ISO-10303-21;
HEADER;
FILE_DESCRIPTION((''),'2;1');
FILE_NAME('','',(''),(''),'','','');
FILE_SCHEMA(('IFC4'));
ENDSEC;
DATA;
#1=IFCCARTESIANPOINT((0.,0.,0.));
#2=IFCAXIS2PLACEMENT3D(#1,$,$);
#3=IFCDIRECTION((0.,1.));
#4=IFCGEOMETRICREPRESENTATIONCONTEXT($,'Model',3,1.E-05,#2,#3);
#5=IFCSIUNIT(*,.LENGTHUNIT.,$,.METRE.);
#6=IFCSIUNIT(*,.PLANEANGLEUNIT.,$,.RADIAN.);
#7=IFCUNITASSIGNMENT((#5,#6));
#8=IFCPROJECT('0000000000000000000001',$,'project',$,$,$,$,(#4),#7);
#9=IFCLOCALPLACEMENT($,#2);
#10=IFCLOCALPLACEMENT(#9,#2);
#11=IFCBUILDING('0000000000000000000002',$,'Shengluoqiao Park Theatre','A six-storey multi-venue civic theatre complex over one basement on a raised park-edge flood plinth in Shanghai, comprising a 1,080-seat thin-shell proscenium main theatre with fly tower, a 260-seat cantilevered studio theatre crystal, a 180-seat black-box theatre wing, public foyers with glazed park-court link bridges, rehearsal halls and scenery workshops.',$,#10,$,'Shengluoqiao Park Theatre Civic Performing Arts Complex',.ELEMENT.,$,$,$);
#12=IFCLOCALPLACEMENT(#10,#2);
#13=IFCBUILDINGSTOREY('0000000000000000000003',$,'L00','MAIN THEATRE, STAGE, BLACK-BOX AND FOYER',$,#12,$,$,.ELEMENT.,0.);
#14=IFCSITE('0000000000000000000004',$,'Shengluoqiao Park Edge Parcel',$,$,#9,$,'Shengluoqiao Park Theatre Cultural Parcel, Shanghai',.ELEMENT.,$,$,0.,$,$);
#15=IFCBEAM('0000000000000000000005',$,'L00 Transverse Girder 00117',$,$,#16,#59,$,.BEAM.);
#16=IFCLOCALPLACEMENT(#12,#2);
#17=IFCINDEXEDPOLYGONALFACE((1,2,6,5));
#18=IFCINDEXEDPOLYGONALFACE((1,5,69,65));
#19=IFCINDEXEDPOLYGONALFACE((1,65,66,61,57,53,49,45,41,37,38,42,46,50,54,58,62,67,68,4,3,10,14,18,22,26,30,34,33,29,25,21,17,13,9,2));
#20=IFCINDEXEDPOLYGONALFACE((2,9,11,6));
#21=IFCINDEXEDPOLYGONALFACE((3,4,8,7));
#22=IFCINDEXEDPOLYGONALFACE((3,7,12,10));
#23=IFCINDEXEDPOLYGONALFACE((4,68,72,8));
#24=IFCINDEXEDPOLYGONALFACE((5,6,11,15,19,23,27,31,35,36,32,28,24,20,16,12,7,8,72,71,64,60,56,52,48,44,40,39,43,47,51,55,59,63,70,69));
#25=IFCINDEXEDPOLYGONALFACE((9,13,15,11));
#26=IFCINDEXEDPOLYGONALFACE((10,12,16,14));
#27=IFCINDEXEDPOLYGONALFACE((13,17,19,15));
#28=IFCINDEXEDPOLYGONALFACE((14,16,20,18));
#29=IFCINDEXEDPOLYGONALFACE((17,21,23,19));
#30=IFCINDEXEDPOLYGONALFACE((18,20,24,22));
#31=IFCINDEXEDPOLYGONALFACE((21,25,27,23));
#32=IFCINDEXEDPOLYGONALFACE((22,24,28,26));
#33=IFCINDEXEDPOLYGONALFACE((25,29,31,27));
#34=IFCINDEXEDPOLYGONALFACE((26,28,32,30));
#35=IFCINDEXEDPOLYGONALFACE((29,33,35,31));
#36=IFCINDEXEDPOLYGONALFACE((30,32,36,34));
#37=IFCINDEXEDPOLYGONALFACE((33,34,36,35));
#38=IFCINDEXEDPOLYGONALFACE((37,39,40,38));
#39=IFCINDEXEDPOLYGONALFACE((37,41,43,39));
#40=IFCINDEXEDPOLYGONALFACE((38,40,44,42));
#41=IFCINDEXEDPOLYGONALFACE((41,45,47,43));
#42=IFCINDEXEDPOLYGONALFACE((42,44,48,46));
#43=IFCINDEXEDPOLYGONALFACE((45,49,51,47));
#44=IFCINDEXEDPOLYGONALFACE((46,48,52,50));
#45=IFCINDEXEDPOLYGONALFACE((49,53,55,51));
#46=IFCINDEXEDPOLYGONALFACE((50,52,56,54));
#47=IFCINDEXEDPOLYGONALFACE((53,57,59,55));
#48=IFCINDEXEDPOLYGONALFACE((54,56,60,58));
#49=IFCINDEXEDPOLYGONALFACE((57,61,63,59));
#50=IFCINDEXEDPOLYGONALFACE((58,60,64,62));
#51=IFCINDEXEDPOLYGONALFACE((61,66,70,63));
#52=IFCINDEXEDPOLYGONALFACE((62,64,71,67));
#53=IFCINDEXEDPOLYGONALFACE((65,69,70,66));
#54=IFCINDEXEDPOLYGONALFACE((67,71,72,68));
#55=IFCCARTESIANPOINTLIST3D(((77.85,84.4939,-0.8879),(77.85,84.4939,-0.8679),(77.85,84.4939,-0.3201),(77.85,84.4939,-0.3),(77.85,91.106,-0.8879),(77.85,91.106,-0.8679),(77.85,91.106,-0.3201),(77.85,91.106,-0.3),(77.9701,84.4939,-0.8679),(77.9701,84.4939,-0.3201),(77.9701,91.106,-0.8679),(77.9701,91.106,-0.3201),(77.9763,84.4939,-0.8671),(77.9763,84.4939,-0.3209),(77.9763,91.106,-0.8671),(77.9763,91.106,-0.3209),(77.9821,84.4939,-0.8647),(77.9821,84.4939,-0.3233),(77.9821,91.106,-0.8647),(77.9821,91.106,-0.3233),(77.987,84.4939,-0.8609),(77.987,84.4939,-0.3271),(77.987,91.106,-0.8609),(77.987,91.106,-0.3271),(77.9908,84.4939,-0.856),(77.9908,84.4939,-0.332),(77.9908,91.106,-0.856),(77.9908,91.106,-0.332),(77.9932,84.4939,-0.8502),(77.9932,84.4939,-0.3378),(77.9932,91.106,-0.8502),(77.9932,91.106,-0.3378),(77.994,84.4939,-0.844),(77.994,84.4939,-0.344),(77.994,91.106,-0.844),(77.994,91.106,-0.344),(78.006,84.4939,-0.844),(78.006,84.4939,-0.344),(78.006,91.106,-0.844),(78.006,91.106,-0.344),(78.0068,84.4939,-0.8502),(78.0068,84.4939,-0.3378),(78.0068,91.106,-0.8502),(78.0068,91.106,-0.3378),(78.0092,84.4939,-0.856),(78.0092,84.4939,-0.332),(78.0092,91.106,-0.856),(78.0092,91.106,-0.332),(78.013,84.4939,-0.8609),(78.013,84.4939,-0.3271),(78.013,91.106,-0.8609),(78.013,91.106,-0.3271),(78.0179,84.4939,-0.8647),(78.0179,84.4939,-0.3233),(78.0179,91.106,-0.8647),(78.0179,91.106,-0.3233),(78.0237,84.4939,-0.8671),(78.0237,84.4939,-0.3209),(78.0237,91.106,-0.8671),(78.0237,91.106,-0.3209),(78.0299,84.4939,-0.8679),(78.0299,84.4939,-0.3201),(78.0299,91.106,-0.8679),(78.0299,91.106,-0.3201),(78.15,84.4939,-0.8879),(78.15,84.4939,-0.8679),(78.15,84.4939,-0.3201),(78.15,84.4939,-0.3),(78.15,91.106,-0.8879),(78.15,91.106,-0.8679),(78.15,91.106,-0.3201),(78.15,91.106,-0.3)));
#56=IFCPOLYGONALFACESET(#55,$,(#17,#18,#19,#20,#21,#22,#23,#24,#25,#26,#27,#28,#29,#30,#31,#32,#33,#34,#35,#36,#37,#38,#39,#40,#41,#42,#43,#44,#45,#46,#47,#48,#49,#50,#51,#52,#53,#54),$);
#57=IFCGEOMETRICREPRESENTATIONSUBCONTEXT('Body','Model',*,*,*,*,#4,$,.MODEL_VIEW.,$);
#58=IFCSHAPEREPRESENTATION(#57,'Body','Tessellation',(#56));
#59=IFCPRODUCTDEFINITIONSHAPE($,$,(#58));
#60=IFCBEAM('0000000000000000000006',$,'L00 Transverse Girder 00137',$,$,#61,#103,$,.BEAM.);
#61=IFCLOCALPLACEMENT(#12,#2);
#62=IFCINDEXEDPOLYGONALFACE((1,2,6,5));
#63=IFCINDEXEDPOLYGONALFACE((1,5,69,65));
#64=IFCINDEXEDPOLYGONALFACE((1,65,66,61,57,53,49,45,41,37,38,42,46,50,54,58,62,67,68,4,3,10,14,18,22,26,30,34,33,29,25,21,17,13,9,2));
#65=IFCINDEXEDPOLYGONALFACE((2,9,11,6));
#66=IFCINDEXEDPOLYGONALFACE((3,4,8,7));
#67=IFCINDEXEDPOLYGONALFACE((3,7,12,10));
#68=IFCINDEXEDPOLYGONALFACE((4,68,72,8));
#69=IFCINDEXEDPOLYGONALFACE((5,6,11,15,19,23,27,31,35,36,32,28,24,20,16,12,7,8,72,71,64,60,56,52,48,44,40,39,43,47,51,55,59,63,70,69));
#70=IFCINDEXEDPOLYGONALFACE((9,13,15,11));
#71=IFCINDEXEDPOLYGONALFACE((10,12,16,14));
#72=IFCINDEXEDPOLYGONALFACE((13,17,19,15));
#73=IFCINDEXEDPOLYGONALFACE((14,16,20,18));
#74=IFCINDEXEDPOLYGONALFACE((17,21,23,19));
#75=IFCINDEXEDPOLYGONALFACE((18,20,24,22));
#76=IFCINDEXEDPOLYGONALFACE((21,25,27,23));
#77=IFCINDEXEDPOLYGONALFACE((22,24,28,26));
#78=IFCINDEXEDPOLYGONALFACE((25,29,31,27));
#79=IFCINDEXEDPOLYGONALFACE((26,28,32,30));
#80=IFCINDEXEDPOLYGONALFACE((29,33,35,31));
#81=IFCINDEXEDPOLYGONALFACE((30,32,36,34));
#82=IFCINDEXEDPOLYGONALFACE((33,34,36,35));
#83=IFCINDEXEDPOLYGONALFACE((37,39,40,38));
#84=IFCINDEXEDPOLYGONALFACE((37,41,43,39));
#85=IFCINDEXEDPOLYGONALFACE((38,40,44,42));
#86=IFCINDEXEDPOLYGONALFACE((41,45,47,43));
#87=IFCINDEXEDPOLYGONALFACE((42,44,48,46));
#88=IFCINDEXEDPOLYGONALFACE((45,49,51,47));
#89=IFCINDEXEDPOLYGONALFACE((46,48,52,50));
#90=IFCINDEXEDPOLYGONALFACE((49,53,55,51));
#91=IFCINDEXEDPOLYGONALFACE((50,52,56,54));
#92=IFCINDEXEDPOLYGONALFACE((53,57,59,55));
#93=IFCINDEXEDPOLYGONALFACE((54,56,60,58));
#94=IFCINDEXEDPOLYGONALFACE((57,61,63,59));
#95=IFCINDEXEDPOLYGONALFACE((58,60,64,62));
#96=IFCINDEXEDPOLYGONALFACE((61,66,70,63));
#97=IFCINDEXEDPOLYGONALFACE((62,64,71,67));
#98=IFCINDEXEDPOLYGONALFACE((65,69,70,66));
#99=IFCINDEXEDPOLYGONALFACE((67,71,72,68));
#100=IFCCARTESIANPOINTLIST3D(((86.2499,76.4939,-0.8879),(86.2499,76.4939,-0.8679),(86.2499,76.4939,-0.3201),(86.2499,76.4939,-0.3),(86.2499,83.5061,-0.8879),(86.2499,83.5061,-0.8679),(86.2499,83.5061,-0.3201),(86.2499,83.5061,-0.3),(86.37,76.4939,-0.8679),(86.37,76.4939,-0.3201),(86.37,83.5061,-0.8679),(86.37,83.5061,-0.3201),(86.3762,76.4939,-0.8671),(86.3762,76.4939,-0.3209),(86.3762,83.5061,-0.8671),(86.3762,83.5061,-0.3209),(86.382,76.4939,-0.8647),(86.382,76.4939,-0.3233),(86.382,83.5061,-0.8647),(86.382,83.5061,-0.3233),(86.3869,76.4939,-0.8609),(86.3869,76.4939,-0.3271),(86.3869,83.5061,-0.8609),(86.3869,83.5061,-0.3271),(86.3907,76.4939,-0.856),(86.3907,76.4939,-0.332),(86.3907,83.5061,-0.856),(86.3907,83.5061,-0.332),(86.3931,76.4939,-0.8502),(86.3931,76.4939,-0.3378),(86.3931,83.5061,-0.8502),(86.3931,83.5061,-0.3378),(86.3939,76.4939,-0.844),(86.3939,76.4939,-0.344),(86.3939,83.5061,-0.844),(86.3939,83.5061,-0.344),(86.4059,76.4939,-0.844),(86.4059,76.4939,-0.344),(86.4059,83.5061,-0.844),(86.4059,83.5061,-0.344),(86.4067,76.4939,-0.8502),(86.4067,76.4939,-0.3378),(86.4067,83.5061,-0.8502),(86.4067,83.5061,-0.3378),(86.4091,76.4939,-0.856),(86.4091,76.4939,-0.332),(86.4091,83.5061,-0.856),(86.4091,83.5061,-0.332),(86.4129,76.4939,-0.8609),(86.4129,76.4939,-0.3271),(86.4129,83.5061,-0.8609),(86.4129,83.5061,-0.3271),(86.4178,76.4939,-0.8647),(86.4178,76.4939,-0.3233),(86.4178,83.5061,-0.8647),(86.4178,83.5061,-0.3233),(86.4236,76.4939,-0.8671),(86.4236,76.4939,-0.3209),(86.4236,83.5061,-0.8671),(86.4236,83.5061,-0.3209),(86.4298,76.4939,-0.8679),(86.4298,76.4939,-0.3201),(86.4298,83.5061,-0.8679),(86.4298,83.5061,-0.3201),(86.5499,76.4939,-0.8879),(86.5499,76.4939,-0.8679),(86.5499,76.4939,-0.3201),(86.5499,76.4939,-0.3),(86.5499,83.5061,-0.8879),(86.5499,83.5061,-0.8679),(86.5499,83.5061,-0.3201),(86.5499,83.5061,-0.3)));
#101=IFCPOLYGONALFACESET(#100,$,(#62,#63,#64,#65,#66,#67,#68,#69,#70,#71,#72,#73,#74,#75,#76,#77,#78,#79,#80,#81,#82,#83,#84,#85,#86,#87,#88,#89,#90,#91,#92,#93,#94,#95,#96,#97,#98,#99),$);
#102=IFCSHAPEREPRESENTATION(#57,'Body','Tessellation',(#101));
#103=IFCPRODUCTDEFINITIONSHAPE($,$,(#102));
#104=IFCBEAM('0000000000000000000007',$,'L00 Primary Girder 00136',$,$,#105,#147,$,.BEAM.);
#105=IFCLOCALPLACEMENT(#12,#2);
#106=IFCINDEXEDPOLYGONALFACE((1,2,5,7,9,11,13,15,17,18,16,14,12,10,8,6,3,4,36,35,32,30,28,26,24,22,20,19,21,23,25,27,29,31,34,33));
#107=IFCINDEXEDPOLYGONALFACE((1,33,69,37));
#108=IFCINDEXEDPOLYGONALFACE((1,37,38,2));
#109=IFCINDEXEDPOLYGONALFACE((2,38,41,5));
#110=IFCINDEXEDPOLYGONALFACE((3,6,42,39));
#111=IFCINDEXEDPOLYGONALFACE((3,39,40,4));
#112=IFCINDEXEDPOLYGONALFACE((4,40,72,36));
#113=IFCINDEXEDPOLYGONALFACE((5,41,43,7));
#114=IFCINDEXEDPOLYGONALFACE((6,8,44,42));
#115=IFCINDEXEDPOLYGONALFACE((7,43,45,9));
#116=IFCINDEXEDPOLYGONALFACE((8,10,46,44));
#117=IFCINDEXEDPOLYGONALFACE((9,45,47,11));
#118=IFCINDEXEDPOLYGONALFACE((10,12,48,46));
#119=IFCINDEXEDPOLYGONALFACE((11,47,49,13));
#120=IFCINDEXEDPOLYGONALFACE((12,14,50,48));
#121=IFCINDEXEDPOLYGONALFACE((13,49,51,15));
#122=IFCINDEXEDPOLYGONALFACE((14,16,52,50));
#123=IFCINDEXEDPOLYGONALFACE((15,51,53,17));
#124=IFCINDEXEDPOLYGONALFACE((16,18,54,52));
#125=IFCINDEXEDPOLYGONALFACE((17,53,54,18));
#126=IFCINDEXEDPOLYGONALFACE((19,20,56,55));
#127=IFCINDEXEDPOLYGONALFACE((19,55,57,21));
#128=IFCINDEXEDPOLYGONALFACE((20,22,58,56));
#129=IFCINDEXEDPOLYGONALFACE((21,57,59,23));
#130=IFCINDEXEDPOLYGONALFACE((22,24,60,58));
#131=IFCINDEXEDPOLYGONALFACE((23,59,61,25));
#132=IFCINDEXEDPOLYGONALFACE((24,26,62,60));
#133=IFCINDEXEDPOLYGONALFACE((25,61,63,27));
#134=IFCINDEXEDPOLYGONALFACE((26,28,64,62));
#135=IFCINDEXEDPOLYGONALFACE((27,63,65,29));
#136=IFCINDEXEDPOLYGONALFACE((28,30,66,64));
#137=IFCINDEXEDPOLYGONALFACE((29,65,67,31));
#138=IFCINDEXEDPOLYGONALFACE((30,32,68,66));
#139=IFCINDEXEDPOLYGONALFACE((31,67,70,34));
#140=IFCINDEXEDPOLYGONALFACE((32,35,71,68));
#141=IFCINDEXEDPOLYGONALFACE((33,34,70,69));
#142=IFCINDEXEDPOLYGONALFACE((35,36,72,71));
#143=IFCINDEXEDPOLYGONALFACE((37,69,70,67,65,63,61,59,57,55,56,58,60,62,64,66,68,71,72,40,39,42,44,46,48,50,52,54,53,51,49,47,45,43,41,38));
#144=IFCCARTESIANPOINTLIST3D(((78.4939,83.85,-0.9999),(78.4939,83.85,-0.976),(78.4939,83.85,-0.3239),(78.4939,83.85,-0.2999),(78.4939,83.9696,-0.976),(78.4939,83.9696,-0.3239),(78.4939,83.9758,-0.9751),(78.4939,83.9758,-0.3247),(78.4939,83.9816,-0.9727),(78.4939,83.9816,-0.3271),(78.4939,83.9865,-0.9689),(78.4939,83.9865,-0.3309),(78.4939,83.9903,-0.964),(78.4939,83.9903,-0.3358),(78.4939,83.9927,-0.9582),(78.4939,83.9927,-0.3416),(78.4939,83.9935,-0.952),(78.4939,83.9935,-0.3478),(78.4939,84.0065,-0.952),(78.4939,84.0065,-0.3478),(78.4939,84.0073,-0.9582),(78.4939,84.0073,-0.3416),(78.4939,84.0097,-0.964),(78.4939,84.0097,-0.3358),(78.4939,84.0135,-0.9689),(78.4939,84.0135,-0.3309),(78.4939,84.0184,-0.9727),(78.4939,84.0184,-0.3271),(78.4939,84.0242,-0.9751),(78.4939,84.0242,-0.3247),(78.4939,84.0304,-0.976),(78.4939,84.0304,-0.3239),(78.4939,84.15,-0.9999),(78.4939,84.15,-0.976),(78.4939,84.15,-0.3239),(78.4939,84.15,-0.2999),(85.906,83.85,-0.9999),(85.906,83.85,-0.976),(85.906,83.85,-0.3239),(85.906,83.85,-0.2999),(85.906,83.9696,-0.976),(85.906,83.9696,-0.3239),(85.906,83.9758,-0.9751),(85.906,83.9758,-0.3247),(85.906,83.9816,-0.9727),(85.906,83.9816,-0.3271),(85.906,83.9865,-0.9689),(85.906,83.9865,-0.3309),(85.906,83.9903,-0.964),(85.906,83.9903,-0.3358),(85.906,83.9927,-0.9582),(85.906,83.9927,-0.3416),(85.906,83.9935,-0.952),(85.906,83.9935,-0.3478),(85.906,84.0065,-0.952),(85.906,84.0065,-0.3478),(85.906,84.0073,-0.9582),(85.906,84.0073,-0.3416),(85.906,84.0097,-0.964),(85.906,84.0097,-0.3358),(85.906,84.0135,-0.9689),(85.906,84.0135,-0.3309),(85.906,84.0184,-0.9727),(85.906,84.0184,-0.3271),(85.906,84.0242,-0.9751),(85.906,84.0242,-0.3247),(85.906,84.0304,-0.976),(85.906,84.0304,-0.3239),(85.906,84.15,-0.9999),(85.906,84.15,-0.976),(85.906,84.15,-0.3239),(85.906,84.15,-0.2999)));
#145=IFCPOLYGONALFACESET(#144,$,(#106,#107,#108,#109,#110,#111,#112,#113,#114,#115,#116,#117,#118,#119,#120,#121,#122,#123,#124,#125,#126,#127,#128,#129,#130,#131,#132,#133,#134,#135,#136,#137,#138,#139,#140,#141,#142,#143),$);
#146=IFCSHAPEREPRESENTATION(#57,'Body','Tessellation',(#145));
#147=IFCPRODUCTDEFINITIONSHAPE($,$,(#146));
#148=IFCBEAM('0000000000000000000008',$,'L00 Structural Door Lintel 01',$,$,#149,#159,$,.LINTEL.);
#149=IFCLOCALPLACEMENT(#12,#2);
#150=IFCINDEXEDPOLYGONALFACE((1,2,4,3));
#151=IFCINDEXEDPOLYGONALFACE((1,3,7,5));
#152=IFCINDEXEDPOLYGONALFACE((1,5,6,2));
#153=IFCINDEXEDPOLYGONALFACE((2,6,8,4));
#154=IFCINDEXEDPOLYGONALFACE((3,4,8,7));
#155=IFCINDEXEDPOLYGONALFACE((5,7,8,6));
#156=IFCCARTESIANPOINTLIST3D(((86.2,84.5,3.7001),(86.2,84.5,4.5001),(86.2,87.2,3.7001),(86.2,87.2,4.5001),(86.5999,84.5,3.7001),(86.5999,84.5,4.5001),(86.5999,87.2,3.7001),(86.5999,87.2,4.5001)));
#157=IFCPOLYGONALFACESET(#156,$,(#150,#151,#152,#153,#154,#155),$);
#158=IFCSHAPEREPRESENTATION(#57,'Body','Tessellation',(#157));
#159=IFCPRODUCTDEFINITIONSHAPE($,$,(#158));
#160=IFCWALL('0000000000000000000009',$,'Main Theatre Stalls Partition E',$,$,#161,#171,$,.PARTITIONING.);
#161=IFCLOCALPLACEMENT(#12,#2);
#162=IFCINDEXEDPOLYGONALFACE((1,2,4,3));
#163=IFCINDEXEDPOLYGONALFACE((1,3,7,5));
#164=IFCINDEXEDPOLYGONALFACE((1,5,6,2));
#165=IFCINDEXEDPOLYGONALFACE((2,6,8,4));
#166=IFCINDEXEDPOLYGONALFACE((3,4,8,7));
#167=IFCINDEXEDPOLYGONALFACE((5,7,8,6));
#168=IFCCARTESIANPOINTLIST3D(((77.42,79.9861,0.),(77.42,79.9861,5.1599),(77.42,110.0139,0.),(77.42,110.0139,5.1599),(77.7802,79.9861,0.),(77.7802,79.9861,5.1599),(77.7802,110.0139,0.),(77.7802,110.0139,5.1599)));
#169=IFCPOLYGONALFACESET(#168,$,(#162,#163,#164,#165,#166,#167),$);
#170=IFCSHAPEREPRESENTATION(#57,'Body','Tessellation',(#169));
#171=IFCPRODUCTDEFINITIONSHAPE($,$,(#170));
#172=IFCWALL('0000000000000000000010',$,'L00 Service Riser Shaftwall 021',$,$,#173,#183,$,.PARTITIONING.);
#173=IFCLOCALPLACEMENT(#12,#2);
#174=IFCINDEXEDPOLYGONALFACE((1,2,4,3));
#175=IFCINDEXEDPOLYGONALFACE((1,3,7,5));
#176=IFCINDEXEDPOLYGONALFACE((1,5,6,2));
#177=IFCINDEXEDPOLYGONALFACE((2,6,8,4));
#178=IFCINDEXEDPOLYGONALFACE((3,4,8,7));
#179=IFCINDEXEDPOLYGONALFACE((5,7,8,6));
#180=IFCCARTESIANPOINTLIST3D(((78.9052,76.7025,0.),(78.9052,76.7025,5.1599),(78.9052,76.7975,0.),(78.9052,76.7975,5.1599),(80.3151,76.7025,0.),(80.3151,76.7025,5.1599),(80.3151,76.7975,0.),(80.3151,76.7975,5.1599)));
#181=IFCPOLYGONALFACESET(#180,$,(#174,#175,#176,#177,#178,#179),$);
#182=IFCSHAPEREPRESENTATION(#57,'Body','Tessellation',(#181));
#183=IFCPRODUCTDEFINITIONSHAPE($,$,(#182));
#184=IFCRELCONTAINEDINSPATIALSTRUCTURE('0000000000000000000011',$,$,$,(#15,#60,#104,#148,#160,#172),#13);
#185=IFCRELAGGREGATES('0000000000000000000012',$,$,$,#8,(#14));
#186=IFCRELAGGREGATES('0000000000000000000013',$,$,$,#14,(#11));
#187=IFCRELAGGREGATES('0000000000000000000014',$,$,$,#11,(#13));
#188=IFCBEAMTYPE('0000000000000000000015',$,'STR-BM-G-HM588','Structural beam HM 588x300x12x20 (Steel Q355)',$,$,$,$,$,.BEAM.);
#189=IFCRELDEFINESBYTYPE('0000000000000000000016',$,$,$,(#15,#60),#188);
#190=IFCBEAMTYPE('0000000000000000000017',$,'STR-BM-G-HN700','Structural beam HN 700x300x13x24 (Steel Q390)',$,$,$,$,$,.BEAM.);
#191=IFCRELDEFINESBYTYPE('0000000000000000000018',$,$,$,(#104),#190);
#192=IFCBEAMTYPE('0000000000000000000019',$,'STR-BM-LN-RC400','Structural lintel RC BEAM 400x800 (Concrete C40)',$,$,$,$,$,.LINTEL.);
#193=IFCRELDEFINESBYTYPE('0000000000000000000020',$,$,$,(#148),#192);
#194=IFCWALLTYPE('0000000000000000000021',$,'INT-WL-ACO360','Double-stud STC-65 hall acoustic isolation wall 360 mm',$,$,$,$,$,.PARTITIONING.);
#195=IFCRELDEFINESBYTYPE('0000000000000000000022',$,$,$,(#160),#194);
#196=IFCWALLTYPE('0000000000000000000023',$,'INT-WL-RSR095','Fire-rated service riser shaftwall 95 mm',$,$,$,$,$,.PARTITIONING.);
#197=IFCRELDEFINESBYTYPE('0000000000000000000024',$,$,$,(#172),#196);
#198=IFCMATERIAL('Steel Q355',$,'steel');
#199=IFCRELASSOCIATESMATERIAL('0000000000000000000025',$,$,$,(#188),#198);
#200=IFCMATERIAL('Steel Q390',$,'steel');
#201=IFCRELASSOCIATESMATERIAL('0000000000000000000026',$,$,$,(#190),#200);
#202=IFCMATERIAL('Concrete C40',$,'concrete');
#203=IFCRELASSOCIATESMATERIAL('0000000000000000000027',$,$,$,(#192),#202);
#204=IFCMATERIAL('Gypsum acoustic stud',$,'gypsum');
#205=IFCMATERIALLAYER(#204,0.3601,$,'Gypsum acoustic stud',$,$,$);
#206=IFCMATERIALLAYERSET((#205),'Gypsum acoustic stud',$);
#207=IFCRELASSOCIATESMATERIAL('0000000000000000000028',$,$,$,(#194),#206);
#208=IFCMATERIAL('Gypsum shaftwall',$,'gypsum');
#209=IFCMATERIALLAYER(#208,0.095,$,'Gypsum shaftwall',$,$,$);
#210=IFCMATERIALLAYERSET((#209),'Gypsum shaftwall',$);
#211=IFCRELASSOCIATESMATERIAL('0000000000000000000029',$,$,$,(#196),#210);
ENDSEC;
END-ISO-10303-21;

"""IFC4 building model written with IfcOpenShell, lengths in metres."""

from ifc_helpers import new_model, si_unit, direction, frame, frame_2d, origin, origin_2d, place, context, subcontext, project, spatial, rectangle, i_section, extrude, material, layer, layer_set, material_profile, profile_set, type_object, element, save


model = new_model("IFC4")

# Units and contexts
model_context = context("Model", 3, precision=1e-05, world=origin(), true_north=direction((0.0, 1.0)))
body_context = subcontext(model_context, "Body", "Model", "MODEL_VIEW")
ifc_project = project(units=[si_unit("LENGTHUNIT", "METRE"), si_unit("PLANEANGLEUNIT", "RADIAN")], contexts=[model_context])

# Site, building, storey
site_placement = place(None, origin())
site = spatial("IfcSite", under=ifc_project, at=site_placement, Name="Shengluoqiao Park Edge Parcel", LongName="Shengluoqiao Park Theatre Cultural Parcel, Shanghai", CompositionType="ELEMENT", RefElevation=0.0)
building_placement = place(site_placement, origin())
building = spatial("IfcBuilding", under=site, at=building_placement, Name="Shengluoqiao Park Theatre", Description="A six-storey multi-venue civic theatre complex over one basement on a raised park-edge flood plinth in Shanghai, comprising a 1,080-seat thin-shell proscenium main theatre with fly tower, a 260-seat cantilevered studio theatre crystal, a 180-seat black-box theatre wing, public foyers with glazed park-court link bridges, rehearsal halls and scenery workshops.", LongName="Shengluoqiao Park Theatre Civic Performing Arts Complex", CompositionType="ELEMENT")
storey_placement = place(building_placement, origin())
storey = spatial("IfcBuildingStorey", under=building, at=storey_placement, Name="L00", Description="MAIN THEATRE, STAGE, BLACK-BOX AND FOYER", CompositionType="ELEMENT", Elevation=0.0)

# Beams
ifc_material_1 = material(Name="Concrete C40", Category="concrete")
ifc_material_2 = material(Name="Steel Q355", Category="steel")
ifc_material_profile_1 = material_profile(ifc_material_2, i_section(OverallWidth=0.3, OverallDepth=0.5879, WebThickness=0.012, FlangeThickness=0.02, FilletRadius=0.0239, at=origin_2d()), Name="HM 588x300x12x20")
ifc_profile_set_1 = profile_set([ifc_material_profile_1], Name="Steel Q355")
beam_type_1 = type_object("IfcBeamType", Name="STR-BM-G-HM588", Description="Structural beam HM 588x300x12x20 (Steel Q355)", PredefinedType="BEAM", material=ifc_profile_set_1)
beam_1_placement = place(storey_placement, frame((78.0, 84.4939, -0.594), z_axis=(0.0, 1.0, 0.0), x_axis=(-1.0, 0.0, 0.0)))
element("IfcBeam", 1, at=beam_1_placement, inside=storey, type_object=beam_type_1, Name="L00 Transverse Girder 00117", PredefinedType="BEAM", context=body_context, shape_type="SweptSolid", body=[
    extrude(i_section(OverallWidth=0.3, OverallDepth=0.5879, WebThickness=0.012, FlangeThickness=0.02, FilletRadius=0.0239, at=origin_2d()), origin(), (0.0, 0.0, 1.0), 6.6121),
])
beam_2_placement = place(storey_placement, frame((86.3999, 76.4939, -0.594), z_axis=(0.0, 1.0, 0.0), x_axis=(-1.0, 0.0, 0.0)))
element("IfcBeam", 2, at=beam_2_placement, inside=storey, type_object=beam_type_1, Name="L00 Transverse Girder 00137", PredefinedType="BEAM", context=body_context, shape_type="SweptSolid", body=[
    extrude(i_section(OverallWidth=0.3, OverallDepth=0.5879, WebThickness=0.012, FlangeThickness=0.02, FilletRadius=0.0239, at=origin_2d()), origin(), (0.0, 0.0, 1.0), 7.0122),
])
ifc_material_3 = material(Name="Steel Q390", Category="steel")
ifc_material_profile_2 = material_profile(ifc_material_3, i_section(OverallWidth=0.3, OverallDepth=0.7, WebThickness=0.0129, FlangeThickness=0.0239, FilletRadius=0.0239, at=origin_2d()), Name="HN 700x300x13x24")
ifc_profile_set_2 = profile_set([ifc_material_profile_2], Name="Steel Q390")
beam_type_2 = type_object("IfcBeamType", Name="STR-BM-G-HN700", Description="Structural beam HN 700x300x13x24 (Steel Q390)", PredefinedType="BEAM", material=ifc_profile_set_2)
beam_3_placement = place(storey_placement, frame((78.4939, 84.0, -0.6499), z_axis=(1.0, 0.0, 0.0), x_axis=(0.0, 1.0, 0.0)))
element("IfcBeam", 3, at=beam_3_placement, inside=storey, type_object=beam_type_2, Name="L00 Primary Girder 00136", PredefinedType="BEAM", context=body_context, shape_type="SweptSolid", body=[
    extrude(i_section(OverallWidth=0.3, OverallDepth=0.7, WebThickness=0.0129, FlangeThickness=0.0239, FilletRadius=0.0239, at=origin_2d()), origin(), (0.0, 0.0, 1.0), 7.4121),
])
ifc_material_profile_3 = material_profile(ifc_material_1, rectangle(XDim=0.3999, YDim=0.8, at=origin_2d()), Name="RC BEAM 400x800")
ifc_profile_set_3 = profile_set([ifc_material_profile_3], Name="Concrete C40")
beam_type_3 = type_object("IfcBeamType", Name="STR-BM-LN-RC400", Description="Structural lintel RC BEAM 400x800 (Concrete C40)", PredefinedType="LINTEL", material=ifc_profile_set_3)
beam_4_placement = place(storey_placement, frame((86.3999, 84.5, 4.1001), z_axis=(0.0, 1.0, 0.0), x_axis=(-1.0, 0.0, 0.0)))
element("IfcBeam", 4, at=beam_4_placement, inside=storey, type_object=beam_type_3, Name="L00 Structural Door Lintel 01", PredefinedType="LINTEL", context=body_context, shape_type="SweptSolid", body=[
    extrude(rectangle(XDim=0.3999, YDim=0.8, at=origin_2d()), origin(), (0.0, 0.0, 1.0), 2.7),
])

# Walls
ifc_material_4 = material(Name="Gypsum acoustic stud", Category="gypsum")
ifc_layer_1 = layer(ifc_material_4, 0.3601, Name="Gypsum acoustic stud")
ifc_layer_set_1 = layer_set([ifc_layer_1], Name="Gypsum acoustic stud")
wall_type_1 = type_object("IfcWallType", Name="INT-WL-ACO360", Description="Double-stud STC-65 hall acoustic isolation wall 360 mm", PredefinedType="PARTITIONING", material=ifc_layer_set_1)
wall_1_placement = place(storey_placement, frame((77.6001, 79.9861, 0.0), z_axis=(0.0, 0.0, 1.0), x_axis=(0.0, 1.0, 0.0)))
element("IfcWall", 5, at=wall_1_placement, inside=storey, type_object=wall_type_1, Name="Main Theatre Stalls Partition E", PredefinedType="PARTITIONING", context=body_context, shape_type="SweptSolid", body=[
    extrude(rectangle(XDim=30.0278, YDim=0.3601, at=frame_2d((15.0139, 0.0))), origin(), (0.0, 0.0, 1.0), 5.1599),
])
ifc_material_5 = material(Name="Gypsum shaftwall", Category="gypsum")
ifc_layer_2 = layer(ifc_material_5, 0.095, Name="Gypsum shaftwall")
ifc_layer_set_2 = layer_set([ifc_layer_2], Name="Gypsum shaftwall")
wall_type_2 = type_object("IfcWallType", Name="INT-WL-RSR095", Description="Fire-rated service riser shaftwall 95 mm", PredefinedType="PARTITIONING", material=ifc_layer_set_2)
for number, where, z_axis, x_axis, name in (
    (6, (78.905, 76.75, 0.0), (0.0, 0.0, 1.0), (1.0, 0.0, 0.0), "L00 Service Riser Shaftwall 021"),
):
    element("IfcWall", number, at=place(storey_placement, frame(where, z_axis=z_axis, x_axis=x_axis)), inside=storey, type_object=wall_type_2, Name=name, PredefinedType="PARTITIONING", context=body_context, shape_type="SweptSolid", body=[
        extrude(rectangle(XDim=1.4099, YDim=0.095, at=frame_2d((0.7051, 0.0))), origin(), (0.0, 0.0, 1.0), 5.1599),
    ])

save(model, "model.ifc")
